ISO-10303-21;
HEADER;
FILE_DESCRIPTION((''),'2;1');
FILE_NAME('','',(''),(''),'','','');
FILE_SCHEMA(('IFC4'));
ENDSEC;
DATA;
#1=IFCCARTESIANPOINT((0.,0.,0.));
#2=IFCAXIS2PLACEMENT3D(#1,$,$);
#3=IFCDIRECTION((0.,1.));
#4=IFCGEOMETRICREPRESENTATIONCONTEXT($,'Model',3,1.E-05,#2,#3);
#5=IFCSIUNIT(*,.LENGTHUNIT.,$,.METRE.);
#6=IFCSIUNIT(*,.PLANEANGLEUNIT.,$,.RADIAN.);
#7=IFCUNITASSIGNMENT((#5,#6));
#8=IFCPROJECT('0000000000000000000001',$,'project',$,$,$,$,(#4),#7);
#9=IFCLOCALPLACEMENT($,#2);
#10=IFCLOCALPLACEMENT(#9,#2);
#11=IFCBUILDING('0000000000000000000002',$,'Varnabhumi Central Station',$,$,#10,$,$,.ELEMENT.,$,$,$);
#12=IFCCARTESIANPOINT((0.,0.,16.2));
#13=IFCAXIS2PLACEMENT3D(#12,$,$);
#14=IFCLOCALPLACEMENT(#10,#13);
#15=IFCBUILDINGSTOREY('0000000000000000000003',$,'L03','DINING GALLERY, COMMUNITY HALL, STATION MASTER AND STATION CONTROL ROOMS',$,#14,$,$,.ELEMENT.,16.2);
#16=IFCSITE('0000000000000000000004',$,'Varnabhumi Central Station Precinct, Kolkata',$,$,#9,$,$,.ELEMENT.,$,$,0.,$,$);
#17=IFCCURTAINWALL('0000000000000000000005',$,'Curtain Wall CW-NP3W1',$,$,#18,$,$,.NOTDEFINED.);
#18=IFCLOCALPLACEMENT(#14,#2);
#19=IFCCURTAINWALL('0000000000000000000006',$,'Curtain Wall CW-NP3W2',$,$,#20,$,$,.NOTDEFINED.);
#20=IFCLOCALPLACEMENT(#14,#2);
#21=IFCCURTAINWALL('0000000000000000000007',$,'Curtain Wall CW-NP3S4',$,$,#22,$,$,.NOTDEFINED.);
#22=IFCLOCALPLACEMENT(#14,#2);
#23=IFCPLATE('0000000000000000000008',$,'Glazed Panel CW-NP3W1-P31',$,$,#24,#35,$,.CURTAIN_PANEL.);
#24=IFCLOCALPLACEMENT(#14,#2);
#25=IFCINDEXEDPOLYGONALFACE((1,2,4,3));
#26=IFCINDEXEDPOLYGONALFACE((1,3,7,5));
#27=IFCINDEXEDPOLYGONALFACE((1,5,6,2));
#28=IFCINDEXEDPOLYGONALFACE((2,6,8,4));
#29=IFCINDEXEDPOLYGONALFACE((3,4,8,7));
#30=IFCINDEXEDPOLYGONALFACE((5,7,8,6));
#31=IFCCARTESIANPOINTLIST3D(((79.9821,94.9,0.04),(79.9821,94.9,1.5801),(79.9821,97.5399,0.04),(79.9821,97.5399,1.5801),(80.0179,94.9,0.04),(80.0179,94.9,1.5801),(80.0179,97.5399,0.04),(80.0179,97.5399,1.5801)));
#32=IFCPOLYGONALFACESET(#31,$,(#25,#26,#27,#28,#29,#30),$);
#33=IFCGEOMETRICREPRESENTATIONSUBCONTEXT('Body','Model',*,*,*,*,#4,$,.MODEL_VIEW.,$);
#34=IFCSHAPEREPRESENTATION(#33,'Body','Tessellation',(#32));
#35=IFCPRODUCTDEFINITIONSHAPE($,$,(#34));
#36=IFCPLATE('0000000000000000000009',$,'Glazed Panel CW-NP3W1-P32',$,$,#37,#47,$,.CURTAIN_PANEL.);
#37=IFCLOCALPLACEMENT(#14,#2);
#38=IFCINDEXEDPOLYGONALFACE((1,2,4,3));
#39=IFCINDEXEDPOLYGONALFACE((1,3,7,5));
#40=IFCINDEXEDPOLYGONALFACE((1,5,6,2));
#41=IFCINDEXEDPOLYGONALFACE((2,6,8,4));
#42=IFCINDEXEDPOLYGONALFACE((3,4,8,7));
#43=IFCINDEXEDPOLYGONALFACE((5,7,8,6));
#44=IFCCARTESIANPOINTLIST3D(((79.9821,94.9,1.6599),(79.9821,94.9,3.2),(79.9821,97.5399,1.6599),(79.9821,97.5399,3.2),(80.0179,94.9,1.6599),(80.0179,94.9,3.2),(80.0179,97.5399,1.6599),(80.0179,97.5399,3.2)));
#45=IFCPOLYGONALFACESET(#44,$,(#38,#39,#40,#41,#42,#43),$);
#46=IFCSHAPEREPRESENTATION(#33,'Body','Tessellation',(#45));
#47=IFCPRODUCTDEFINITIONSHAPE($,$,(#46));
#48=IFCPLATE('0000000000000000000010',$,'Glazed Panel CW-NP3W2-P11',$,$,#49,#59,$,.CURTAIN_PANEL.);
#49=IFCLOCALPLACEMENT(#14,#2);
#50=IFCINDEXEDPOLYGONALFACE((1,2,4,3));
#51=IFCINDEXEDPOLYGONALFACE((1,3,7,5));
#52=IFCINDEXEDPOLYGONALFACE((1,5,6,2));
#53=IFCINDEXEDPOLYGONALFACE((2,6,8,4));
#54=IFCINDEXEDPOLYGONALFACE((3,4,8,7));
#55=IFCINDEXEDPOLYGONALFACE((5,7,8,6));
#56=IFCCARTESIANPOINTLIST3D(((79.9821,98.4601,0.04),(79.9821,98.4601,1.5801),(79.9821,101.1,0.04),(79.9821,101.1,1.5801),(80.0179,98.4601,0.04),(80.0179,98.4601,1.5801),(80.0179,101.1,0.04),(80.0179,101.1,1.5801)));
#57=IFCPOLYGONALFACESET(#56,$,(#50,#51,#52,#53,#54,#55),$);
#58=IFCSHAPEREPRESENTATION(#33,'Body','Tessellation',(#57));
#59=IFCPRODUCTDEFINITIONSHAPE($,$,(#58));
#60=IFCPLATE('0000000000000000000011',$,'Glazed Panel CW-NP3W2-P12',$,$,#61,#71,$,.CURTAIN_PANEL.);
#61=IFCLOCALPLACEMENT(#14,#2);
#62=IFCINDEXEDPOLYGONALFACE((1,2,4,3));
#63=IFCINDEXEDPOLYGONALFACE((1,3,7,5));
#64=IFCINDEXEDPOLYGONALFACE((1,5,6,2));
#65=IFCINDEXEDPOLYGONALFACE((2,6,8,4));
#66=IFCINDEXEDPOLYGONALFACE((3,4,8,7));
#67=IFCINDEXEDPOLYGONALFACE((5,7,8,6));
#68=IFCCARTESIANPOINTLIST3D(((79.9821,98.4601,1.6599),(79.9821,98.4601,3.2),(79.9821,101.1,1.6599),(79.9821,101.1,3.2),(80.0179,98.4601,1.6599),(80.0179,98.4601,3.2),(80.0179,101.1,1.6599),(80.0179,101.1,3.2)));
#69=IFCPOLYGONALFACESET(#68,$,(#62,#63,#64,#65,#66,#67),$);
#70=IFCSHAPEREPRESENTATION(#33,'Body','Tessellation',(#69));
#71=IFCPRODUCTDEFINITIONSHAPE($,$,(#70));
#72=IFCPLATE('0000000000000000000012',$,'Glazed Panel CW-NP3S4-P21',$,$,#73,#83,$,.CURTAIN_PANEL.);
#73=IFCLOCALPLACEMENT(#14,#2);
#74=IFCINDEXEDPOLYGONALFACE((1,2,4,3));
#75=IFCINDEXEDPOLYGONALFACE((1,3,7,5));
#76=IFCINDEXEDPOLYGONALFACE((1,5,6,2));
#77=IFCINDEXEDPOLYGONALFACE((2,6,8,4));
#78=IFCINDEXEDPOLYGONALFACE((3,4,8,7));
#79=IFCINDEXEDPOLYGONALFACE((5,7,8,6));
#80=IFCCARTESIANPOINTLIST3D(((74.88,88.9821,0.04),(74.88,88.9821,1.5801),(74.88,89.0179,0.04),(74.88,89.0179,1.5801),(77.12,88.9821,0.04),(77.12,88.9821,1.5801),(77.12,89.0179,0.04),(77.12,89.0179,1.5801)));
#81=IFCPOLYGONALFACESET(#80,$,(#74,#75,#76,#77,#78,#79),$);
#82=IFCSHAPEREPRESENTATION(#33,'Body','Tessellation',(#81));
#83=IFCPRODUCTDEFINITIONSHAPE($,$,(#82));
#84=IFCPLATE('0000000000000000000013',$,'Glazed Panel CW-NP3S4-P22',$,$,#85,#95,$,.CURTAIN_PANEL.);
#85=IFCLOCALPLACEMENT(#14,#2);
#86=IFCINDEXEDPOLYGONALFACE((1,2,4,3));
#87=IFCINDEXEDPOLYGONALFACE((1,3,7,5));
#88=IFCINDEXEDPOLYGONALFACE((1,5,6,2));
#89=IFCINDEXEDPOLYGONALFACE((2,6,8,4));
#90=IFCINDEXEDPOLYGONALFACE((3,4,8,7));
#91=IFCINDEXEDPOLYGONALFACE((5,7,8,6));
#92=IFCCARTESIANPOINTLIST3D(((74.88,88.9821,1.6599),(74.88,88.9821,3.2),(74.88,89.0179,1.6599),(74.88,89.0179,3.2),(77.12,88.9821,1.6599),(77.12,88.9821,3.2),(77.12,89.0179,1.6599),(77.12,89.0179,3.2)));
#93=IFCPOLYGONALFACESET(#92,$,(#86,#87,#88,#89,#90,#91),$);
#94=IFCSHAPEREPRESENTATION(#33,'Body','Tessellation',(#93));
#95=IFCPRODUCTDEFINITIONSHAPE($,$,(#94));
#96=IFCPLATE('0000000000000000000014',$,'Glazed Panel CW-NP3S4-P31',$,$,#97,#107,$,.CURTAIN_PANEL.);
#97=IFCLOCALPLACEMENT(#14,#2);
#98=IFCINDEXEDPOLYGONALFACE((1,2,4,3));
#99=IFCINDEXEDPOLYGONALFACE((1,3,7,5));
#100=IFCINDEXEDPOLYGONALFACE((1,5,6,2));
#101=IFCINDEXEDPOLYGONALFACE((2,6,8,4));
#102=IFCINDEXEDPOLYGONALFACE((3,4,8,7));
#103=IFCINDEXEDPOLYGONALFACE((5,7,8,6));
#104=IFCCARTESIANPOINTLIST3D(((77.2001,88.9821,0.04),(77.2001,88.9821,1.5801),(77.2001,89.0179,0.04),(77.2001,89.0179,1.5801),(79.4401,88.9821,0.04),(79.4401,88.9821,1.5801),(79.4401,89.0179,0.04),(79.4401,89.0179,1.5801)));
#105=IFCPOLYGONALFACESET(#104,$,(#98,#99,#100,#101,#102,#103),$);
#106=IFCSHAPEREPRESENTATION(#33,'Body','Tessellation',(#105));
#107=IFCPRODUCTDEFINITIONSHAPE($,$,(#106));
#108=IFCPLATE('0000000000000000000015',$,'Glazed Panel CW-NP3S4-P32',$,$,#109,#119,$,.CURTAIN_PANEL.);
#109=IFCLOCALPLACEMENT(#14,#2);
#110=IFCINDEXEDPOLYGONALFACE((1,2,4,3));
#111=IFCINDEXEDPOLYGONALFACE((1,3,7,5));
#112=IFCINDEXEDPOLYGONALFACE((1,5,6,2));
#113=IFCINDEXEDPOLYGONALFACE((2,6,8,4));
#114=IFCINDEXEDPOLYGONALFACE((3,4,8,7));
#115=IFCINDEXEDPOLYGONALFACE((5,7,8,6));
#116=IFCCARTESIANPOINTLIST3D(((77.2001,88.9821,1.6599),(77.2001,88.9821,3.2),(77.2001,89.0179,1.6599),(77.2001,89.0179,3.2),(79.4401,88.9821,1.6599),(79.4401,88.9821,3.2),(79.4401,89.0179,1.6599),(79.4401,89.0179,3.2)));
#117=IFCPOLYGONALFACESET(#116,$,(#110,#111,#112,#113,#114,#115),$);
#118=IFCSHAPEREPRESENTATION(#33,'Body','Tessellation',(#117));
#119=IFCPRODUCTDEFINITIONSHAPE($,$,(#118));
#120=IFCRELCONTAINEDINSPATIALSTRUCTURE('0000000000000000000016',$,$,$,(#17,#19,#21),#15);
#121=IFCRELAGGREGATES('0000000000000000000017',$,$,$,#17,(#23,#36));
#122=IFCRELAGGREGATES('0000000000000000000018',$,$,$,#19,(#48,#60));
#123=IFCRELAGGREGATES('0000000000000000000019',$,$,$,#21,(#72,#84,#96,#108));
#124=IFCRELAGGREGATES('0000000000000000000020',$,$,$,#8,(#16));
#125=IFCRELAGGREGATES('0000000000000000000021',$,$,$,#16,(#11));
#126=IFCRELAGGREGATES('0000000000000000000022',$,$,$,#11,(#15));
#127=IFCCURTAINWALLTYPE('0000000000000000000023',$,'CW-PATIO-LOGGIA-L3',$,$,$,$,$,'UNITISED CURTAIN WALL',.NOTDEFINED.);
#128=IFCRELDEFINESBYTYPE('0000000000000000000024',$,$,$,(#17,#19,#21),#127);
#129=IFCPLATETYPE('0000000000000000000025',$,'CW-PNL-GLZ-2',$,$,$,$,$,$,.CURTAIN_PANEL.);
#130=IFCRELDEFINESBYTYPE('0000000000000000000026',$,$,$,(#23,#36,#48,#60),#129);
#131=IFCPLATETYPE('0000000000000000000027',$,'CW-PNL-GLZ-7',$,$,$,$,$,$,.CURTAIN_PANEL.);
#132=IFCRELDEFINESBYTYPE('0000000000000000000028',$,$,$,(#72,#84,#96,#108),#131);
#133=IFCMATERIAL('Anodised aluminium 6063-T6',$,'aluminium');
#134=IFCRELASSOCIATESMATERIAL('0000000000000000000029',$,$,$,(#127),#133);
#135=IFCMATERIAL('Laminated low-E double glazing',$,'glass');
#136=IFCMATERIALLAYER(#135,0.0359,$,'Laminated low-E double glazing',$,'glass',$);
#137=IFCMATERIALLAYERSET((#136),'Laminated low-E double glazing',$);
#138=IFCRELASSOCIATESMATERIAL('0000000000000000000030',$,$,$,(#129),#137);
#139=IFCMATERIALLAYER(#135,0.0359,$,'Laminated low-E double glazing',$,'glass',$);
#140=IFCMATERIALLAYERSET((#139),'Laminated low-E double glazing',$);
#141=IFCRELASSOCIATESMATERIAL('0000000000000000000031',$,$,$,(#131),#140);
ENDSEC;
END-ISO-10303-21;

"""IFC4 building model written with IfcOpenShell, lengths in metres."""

from ifc_helpers import new_model, si_unit, direction, frame, origin, origin_2d, place, context, subcontext, project, spatial, rectangle, extrude, material, layer, layer_set, type_object, element, aggregate, save


model = new_model("IFC4")

# Units and contexts
model_context = context("Model", 3, precision=1e-05, world=origin(), true_north=direction((0.0, 1.0)))
body_context = subcontext(model_context, "Body", "Model", "MODEL_VIEW")
ifc_project = project(units=[si_unit("LENGTHUNIT", "METRE"), si_unit("PLANEANGLEUNIT", "RADIAN")], contexts=[model_context])

# Site, building, storey
site_placement = place(None, origin())
site = spatial("IfcSite", under=ifc_project, at=site_placement, Name="Varnabhumi Central Station Precinct, Kolkata", CompositionType="ELEMENT", RefElevation=0.0)
building_placement = place(site_placement, origin())
building = spatial("IfcBuilding", under=site, at=building_placement, Name="Varnabhumi Central Station", CompositionType="ELEMENT")
storey_placement = place(building_placement, frame((0.0, 0.0, 16.2)))
storey = spatial("IfcBuildingStorey", under=building, at=storey_placement, Name="L03", Description="DINING GALLERY, COMMUNITY HALL, STATION MASTER AND STATION CONTROL ROOMS", CompositionType="ELEMENT", Elevation=16.2)

# Curtain wall
ifc_material_1 = material(Name="Anodised aluminium 6063-T6", Category="aluminium")
curtain_wall_type = type_object("IfcCurtainWallType", Name="CW-PATIO-LOGGIA-L3", ElementType="UNITISED CURTAIN WALL", PredefinedType="NOTDEFINED", material=ifc_material_1)
curtain_wall_1_placement = place(storey_placement, origin())
curtain_wall_1 = element("IfcCurtainWall", 1, at=curtain_wall_1_placement, inside=storey, type_object=curtain_wall_type, Name="Curtain Wall CW-NP3W1", PredefinedType="NOTDEFINED")

# Curtain wall
curtain_wall_2_placement = place(storey_placement, origin())
curtain_wall_2 = element("IfcCurtainWall", 2, at=curtain_wall_2_placement, inside=storey, type_object=curtain_wall_type, Name="Curtain Wall CW-NP3W2", PredefinedType="NOTDEFINED")

# Curtain wall
curtain_wall_3_placement = place(storey_placement, origin())
curtain_wall_3 = element("IfcCurtainWall", 3, at=curtain_wall_3_placement, inside=storey, type_object=curtain_wall_type, Name="Curtain Wall CW-NP3S4", PredefinedType="NOTDEFINED")

# Plates
ifc_material_2 = material(Name="Laminated low-E double glazing", Category="glass")
ifc_layer_1 = layer(ifc_material_2, 0.0359, Name="Laminated low-E double glazing", Category="glass")
ifc_layer_set_1 = layer_set([ifc_layer_1], Name="Laminated low-E double glazing")
plate_type_1 = type_object("IfcPlateType", Name="CW-PNL-GLZ-2", PredefinedType="CURTAIN_PANEL", material=ifc_layer_set_1)
plate_1_placement = place(storey_placement, frame((80.0, 96.22, 0.04), z_axis=(0.0, 0.0, 1.0), x_axis=(0.0, 1.0, 0.0)))
plate_1 = element("IfcPlate", 4, at=plate_1_placement, type_object=plate_type_1, Name="Glazed Panel CW-NP3W1-P31", PredefinedType="CURTAIN_PANEL", context=body_context, shape_type="SweptSolid", body=[
    extrude(rectangle(XDim=2.6399, YDim=0.0359, at=origin_2d()), origin(), (0.0, 0.0, 1.0), 1.54),
])
plate_2_placement = place(storey_placement, frame((80.0, 96.22, 1.6599), z_axis=(0.0, 0.0, 1.0), x_axis=(0.0, 1.0, 0.0)))
plate_2 = element("IfcPlate", 5, at=plate_2_placement, type_object=plate_type_1, Name="Glazed Panel CW-NP3W1-P32", PredefinedType="CURTAIN_PANEL", context=body_context, shape_type="SweptSolid", body=[
    extrude(rectangle(XDim=2.6399, YDim=0.0359, at=origin_2d()), origin(), (0.0, 0.0, 1.0), 1.54),
])
aggregate(curtain_wall_1, [plate_1, plate_2])
plate_3_placement = place(storey_placement, frame((80.0, 99.78, 0.04), z_axis=(0.0, 0.0, 1.0), x_axis=(0.0, 1.0, 0.0)))
plate_3 = element("IfcPlate", 6, at=plate_3_placement, type_object=plate_type_1, Name="Glazed Panel CW-NP3W2-P11", PredefinedType="CURTAIN_PANEL", context=body_context, shape_type="SweptSolid", body=[
    extrude(rectangle(XDim=2.6399, YDim=0.0359, at=origin_2d()), origin(), (0.0, 0.0, 1.0), 1.54),
])
plate_4_placement = place(storey_placement, frame((80.0, 99.78, 1.6599), z_axis=(0.0, 0.0, 1.0), x_axis=(0.0, 1.0, 0.0)))
plate_4 = element("IfcPlate", 7, at=plate_4_placement, type_object=plate_type_1, Name="Glazed Panel CW-NP3W2-P12", PredefinedType="CURTAIN_PANEL", context=body_context, shape_type="SweptSolid", body=[
    extrude(rectangle(XDim=2.6399, YDim=0.0359, at=origin_2d()), origin(), (0.0, 0.0, 1.0), 1.54),
])
aggregate(curtain_wall_2, [plate_3, plate_4])
ifc_layer_2 = layer(ifc_material_2, 0.0359, Name="Laminated low-E double glazing", Category="glass")
ifc_layer_set_2 = layer_set([ifc_layer_2], Name="Laminated low-E double glazing")
plate_type_2 = type_object("IfcPlateType", Name="CW-PNL-GLZ-7", PredefinedType="CURTAIN_PANEL", material=ifc_layer_set_2)
plate_5_placement = place(storey_placement, frame((76.0, 89.0, 0.04), z_axis=(0.0, 0.0, 1.0), x_axis=(1.0, 0.0, 0.0)))
plate_5 = element("IfcPlate", 8, at=plate_5_placement, type_object=plate_type_2, Name="Glazed Panel CW-NP3S4-P21", PredefinedType="CURTAIN_PANEL", context=body_context, shape_type="SweptSolid", body=[
    extrude(rectangle(XDim=2.24, YDim=0.0359, at=origin_2d()), origin(), (0.0, 0.0, 1.0), 1.54),
])
plate_6_placement = place(storey_placement, frame((76.0, 89.0, 1.6599), z_axis=(0.0, 0.0, 1.0), x_axis=(1.0, 0.0, 0.0)))
plate_6 = element("IfcPlate", 9, at=plate_6_placement, type_object=plate_type_2, Name="Glazed Panel CW-NP3S4-P22", PredefinedType="CURTAIN_PANEL", context=body_context, shape_type="SweptSolid", body=[
    extrude(rectangle(XDim=2.24, YDim=0.0359, at=origin_2d()), origin(), (0.0, 0.0, 1.0), 1.54),
])
plate_7_placement = place(storey_placement, frame((78.3201, 89.0, 0.04), z_axis=(0.0, 0.0, 1.0), x_axis=(1.0, 0.0, 0.0)))
plate_7 = element("IfcPlate", 10, at=plate_7_placement, type_object=plate_type_2, Name="Glazed Panel CW-NP3S4-P31", PredefinedType="CURTAIN_PANEL", context=body_context, shape_type="SweptSolid", body=[
    extrude(rectangle(XDim=2.24, YDim=0.0359, at=origin_2d()), origin(), (0.0, 0.0, 1.0), 1.54),
])
plate_8_placement = place(storey_placement, frame((78.3201, 89.0, 1.6599), z_axis=(0.0, 0.0, 1.0), x_axis=(1.0, 0.0, 0.0)))
plate_8 = element("IfcPlate", 11, at=plate_8_placement, type_object=plate_type_2, Name="Glazed Panel CW-NP3S4-P32", PredefinedType="CURTAIN_PANEL", context=body_context, shape_type="SweptSolid", body=[
    extrude(rectangle(XDim=2.24, YDim=0.0359, at=origin_2d()), origin(), (0.0, 0.0, 1.0), 1.54),
])
aggregate(curtain_wall_3, [plate_5, plate_6, plate_7, plate_8])

save(model, "model.ifc")
